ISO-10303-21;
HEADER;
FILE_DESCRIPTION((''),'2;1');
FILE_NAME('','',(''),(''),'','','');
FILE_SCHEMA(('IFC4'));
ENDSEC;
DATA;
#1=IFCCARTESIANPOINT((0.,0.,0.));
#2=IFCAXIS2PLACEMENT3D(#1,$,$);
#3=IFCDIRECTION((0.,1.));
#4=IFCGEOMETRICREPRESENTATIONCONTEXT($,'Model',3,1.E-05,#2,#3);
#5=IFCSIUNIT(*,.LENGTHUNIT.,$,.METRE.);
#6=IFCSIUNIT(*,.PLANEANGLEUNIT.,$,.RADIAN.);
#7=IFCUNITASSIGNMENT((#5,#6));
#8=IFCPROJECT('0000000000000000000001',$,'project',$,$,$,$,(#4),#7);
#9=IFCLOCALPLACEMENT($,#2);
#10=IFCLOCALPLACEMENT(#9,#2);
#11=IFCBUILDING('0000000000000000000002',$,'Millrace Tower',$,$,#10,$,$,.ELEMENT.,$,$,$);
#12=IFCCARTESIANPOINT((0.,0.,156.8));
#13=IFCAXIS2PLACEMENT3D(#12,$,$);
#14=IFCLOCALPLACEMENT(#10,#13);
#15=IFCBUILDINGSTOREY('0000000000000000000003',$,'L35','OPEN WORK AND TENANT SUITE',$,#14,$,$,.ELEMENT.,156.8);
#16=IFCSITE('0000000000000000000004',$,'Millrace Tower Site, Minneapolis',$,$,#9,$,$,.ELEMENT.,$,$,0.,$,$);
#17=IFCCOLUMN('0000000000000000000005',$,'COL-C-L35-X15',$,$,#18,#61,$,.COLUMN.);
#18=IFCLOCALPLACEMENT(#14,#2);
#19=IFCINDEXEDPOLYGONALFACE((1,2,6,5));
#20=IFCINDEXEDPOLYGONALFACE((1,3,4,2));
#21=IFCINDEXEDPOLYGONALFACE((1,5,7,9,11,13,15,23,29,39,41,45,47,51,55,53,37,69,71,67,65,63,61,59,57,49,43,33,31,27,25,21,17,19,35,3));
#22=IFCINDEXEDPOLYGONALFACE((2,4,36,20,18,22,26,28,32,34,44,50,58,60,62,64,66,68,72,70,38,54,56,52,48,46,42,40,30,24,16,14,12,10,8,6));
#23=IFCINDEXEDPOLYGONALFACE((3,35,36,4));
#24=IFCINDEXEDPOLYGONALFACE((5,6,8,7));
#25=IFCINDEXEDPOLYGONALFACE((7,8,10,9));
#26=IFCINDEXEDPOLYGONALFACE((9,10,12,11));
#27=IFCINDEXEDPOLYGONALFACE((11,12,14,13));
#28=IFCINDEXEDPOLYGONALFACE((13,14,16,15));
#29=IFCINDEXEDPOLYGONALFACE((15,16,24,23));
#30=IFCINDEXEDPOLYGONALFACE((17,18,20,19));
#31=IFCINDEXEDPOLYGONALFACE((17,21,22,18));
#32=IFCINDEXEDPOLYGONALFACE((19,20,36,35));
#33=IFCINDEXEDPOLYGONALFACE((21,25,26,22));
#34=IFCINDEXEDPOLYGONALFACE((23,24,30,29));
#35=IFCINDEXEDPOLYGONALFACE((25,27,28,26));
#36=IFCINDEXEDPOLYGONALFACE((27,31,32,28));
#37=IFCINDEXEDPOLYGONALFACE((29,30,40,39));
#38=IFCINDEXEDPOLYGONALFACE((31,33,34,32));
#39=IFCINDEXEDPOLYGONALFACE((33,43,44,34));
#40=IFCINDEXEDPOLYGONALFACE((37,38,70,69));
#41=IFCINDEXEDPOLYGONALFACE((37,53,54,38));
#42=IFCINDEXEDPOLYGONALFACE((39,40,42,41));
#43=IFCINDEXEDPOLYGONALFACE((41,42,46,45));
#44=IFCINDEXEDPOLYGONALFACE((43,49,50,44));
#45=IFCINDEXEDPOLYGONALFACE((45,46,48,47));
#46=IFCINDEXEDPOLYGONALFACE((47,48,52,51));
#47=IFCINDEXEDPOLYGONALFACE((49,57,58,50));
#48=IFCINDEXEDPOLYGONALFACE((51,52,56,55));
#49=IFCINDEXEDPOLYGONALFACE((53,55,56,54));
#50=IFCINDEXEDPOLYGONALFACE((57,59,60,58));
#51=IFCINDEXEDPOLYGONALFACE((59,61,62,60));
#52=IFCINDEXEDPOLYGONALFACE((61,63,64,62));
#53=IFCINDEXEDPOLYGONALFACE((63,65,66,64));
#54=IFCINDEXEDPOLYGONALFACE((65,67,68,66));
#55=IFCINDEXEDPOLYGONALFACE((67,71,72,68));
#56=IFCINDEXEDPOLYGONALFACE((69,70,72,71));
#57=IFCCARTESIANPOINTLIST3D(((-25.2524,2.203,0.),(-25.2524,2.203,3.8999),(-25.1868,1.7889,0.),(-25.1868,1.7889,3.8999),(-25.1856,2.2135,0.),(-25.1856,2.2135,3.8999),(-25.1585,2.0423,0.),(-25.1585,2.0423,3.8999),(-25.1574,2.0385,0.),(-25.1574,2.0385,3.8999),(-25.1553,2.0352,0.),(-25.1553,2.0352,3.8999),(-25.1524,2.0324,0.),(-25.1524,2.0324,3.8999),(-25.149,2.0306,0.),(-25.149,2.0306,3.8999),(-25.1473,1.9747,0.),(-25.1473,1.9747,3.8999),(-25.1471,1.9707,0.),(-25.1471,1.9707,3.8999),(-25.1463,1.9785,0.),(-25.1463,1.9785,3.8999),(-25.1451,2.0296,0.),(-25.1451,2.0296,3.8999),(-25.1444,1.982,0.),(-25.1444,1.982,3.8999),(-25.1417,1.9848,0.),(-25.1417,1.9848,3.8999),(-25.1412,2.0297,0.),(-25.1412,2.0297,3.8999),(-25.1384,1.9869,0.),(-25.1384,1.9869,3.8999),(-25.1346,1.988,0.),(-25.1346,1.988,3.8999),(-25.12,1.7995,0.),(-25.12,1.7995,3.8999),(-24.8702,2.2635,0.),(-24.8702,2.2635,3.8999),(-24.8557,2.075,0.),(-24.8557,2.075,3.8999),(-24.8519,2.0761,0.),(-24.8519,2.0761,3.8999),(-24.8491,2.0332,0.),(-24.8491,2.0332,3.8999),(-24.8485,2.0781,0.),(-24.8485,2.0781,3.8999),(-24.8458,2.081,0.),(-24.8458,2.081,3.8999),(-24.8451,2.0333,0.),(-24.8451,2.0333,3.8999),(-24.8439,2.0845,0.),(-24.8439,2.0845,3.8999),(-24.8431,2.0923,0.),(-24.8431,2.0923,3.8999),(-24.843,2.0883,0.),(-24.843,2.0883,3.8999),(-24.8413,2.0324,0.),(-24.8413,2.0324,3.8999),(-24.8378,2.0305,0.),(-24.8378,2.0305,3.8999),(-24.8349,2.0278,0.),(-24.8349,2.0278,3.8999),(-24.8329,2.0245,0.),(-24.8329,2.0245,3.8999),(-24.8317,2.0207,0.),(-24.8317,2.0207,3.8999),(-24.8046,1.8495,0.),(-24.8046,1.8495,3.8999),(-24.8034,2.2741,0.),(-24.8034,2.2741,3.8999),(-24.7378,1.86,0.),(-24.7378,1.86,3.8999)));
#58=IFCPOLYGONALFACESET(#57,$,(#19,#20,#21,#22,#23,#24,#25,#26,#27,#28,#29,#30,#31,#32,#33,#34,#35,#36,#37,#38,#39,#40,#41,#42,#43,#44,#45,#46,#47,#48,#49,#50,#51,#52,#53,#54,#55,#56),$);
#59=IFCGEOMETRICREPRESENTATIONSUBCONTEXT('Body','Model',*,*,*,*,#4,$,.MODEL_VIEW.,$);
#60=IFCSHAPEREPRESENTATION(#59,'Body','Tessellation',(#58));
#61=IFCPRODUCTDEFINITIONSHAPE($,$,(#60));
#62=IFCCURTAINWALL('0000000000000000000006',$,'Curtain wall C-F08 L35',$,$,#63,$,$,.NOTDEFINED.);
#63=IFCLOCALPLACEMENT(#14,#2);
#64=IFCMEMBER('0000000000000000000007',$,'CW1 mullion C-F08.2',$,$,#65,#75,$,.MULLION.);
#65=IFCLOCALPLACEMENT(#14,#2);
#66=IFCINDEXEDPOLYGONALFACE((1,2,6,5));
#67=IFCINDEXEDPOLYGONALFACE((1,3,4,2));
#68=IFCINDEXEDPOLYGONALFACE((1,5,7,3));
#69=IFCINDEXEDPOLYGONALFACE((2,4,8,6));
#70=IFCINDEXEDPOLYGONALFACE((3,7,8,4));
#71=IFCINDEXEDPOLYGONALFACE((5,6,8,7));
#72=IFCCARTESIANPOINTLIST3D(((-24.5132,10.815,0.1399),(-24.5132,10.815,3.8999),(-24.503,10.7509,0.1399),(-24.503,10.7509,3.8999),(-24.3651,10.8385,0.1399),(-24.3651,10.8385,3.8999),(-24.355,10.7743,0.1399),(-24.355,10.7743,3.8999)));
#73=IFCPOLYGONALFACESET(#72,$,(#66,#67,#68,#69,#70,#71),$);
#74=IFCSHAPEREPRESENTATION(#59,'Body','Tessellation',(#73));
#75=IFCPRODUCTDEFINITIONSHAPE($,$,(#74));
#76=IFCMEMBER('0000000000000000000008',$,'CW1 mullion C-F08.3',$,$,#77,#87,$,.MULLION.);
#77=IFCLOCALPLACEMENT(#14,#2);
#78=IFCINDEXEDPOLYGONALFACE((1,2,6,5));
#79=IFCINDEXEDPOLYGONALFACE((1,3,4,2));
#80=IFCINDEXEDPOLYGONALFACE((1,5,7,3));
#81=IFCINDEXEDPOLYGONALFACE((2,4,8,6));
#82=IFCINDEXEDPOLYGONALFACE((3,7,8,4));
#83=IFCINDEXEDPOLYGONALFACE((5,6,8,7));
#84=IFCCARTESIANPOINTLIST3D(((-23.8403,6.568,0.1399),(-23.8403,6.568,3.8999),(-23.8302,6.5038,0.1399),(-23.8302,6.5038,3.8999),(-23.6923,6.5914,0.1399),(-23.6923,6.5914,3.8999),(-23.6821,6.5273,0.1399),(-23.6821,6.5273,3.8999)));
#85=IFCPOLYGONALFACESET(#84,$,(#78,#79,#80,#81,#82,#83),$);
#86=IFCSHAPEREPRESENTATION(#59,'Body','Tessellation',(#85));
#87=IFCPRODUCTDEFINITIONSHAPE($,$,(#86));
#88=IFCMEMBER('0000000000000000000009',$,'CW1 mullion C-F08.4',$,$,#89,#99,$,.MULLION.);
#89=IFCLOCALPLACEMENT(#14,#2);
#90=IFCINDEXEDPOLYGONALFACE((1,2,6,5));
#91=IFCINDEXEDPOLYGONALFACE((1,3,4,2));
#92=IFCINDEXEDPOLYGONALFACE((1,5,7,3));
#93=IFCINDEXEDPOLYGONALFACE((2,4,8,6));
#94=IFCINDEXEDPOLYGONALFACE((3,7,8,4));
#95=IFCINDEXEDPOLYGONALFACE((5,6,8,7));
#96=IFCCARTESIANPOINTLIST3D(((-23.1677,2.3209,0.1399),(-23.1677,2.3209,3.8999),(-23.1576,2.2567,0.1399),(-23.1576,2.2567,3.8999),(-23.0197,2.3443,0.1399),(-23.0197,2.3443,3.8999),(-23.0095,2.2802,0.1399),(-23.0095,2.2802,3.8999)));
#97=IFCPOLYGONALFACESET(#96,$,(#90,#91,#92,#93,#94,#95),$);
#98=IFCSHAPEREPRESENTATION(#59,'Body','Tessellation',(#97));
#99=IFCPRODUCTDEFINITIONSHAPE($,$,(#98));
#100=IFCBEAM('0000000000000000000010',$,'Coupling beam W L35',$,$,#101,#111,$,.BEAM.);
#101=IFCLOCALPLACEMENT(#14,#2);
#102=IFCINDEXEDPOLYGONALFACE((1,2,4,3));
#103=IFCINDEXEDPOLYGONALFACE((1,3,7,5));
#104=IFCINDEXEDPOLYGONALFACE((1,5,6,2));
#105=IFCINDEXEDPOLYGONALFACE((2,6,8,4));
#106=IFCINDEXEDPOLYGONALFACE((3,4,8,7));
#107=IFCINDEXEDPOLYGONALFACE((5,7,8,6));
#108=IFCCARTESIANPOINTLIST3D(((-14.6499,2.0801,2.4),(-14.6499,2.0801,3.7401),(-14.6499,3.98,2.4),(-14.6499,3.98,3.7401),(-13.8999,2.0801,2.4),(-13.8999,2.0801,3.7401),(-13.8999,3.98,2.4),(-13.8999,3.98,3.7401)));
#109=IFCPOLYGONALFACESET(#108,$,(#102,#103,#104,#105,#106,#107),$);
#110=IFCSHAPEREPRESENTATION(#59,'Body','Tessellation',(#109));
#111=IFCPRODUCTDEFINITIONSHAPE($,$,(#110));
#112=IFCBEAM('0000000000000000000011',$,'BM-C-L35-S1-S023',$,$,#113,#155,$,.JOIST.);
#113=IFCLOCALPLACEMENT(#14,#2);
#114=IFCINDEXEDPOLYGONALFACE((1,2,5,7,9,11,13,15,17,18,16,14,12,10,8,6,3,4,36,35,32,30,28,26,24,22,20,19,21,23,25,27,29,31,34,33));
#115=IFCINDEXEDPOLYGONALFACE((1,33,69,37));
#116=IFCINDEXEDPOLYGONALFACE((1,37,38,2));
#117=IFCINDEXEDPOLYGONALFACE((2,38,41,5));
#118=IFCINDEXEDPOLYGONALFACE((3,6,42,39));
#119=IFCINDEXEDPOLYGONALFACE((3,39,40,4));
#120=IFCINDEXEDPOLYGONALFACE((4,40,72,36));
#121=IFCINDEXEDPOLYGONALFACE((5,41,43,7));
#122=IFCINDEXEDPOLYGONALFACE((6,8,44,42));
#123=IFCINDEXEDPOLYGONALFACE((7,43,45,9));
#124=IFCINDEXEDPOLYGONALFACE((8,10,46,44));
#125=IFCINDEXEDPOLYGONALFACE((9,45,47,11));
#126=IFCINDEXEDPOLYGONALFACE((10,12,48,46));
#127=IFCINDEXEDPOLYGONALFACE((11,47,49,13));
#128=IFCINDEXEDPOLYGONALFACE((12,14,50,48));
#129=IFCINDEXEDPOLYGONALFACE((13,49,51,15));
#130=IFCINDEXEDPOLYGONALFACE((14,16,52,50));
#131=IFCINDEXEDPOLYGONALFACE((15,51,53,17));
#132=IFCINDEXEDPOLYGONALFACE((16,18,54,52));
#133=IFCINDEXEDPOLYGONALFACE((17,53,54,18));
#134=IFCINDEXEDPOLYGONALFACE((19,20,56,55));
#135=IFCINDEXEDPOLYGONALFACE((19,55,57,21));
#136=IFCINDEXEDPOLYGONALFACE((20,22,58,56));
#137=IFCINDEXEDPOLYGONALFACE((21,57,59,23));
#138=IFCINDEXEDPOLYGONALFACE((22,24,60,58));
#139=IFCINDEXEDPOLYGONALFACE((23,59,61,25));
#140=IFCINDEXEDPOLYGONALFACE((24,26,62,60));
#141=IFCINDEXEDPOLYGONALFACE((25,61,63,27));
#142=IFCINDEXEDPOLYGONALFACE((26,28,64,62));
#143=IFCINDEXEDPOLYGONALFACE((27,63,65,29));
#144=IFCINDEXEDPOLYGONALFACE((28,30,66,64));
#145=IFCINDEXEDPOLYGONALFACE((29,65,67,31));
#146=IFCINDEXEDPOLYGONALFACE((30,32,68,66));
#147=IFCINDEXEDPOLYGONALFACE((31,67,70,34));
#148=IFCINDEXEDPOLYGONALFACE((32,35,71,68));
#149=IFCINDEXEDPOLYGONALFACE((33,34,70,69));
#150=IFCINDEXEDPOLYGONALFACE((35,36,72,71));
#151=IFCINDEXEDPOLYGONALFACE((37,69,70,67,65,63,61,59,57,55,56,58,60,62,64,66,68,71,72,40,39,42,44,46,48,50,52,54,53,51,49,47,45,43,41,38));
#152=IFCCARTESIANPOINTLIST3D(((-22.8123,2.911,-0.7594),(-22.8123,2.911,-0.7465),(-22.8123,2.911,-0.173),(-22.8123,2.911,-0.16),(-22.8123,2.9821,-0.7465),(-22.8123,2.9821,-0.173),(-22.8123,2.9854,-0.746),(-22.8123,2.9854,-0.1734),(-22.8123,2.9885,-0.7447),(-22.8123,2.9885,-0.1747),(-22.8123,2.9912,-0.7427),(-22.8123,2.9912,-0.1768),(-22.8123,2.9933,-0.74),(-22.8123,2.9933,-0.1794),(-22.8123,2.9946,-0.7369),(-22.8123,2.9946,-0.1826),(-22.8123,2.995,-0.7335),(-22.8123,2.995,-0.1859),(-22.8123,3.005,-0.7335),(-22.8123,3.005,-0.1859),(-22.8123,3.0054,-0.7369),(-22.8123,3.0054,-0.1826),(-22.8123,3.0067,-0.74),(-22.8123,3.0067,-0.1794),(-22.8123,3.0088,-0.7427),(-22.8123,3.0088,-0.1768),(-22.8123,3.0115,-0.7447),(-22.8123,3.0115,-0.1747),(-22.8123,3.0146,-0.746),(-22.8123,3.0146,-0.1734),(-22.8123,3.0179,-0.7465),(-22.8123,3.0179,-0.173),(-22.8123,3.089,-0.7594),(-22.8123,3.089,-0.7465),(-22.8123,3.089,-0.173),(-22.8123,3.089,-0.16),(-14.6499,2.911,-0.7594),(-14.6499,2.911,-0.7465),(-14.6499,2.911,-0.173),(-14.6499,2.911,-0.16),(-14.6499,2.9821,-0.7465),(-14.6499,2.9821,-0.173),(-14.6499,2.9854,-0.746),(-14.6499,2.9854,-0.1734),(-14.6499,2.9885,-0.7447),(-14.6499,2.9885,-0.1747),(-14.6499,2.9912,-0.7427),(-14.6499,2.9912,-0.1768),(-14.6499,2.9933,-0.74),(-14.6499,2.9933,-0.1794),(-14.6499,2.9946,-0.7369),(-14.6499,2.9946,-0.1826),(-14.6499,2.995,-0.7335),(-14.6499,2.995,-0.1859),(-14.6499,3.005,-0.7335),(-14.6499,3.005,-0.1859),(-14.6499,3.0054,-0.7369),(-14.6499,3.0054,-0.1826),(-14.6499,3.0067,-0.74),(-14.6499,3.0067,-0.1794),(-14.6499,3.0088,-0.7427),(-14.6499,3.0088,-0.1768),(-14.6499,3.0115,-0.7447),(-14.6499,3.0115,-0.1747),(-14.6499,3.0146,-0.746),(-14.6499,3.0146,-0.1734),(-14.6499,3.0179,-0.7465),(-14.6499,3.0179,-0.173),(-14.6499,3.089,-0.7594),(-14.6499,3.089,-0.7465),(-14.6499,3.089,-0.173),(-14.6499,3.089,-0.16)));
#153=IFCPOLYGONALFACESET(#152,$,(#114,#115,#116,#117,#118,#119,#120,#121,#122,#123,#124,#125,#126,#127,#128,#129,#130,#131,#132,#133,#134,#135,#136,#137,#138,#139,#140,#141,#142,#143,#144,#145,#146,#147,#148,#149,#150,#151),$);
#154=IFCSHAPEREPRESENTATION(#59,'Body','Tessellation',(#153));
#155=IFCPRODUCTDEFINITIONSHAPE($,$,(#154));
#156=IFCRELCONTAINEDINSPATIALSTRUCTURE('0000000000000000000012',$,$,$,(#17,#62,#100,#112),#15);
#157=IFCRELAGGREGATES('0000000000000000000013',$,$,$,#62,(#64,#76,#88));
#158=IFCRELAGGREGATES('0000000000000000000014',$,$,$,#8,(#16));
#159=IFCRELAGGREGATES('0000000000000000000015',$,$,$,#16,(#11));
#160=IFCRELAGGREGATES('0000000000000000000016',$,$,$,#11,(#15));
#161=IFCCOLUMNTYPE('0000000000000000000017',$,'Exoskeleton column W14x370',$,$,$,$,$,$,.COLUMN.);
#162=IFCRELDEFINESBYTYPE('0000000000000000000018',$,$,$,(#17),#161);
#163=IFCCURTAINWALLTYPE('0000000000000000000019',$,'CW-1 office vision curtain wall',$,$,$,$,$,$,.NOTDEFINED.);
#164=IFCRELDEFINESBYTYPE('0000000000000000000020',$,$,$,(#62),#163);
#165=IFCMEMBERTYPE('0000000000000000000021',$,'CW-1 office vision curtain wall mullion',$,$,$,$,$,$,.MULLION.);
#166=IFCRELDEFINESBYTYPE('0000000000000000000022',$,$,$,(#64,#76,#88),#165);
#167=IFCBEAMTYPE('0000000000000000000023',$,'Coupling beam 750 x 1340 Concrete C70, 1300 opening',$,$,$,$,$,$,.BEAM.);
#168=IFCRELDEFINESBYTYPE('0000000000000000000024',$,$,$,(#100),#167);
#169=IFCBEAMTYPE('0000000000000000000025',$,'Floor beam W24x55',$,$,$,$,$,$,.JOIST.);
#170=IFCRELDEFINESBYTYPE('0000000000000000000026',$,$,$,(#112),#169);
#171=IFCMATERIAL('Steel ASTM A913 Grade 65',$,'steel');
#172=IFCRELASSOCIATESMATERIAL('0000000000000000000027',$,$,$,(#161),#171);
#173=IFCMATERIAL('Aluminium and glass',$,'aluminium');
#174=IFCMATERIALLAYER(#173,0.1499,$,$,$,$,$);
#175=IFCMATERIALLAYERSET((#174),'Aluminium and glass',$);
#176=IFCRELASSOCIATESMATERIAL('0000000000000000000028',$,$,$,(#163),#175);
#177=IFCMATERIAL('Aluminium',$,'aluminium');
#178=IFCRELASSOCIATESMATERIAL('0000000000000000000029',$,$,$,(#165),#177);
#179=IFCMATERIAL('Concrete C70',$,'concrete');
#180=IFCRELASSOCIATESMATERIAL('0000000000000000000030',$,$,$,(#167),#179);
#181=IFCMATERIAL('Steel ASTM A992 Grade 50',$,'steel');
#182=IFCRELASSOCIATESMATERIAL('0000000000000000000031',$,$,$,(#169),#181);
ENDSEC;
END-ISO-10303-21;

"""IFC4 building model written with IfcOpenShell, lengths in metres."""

from ifc_helpers import new_model, si_unit, direction, frame, origin, origin_2d, place, context, subcontext, project, spatial, rectangle, i_section, extrude, material, layer, layer_set, material_profile, profile_set, type_object, element, aggregate, save


model = new_model("IFC4")

# Units and contexts
model_context = context("Model", 3, precision=1e-05, world=origin(), true_north=direction((0.0, 1.0)))
body_context = subcontext(model_context, "Body", "Model", "MODEL_VIEW")
ifc_project = project(units=[si_unit("LENGTHUNIT", "METRE"), si_unit("PLANEANGLEUNIT", "RADIAN")], contexts=[model_context])

# Site, building, storey
site_placement = place(None, origin())
site = spatial("IfcSite", under=ifc_project, at=site_placement, Name="Millrace Tower Site, Minneapolis", CompositionType="ELEMENT", RefElevation=0.0)
building_placement = place(site_placement, origin())
building = spatial("IfcBuilding", under=site, at=building_placement, Name="Millrace Tower", CompositionType="ELEMENT")
storey_placement = place(building_placement, frame((0.0, 0.0, 156.8)))
storey = spatial("IfcBuildingStorey", under=building, at=storey_placement, Name="L35", Description="OPEN WORK AND TENANT SUITE", CompositionType="ELEMENT", Elevation=156.8)

# Column
ifc_material_1 = material(Name="Steel ASTM A913 Grade 65", Category="steel")
ifc_material_profile_1 = material_profile(ifc_material_1, i_section(OverallWidth=0.4192, OverallDepth=0.4546, WebThickness=0.0422, FlangeThickness=0.0676, FilletRadius=0.0151, at=origin_2d()))
ifc_profile_set_1 = profile_set([ifc_material_profile_1], Name="Steel ASTM A913 Grade 65")
column_type = type_object("IfcColumnType", Name="Exoskeleton column W14x370", PredefinedType="COLUMN", material=ifc_profile_set_1)
column_placement = place(storey_placement, frame((-24.9951, 2.0315, 0.0), z_axis=(0.0, 0.0, 1.0), x_axis=(0.156434, -0.987688, 0.0)))
element("IfcColumn", 1, at=column_placement, inside=storey, type_object=column_type, Name="COL-C-L35-X15", PredefinedType="COLUMN", context=body_context, shape_type="SweptSolid", body=[
    extrude(i_section(OverallWidth=0.4192, OverallDepth=0.4546, WebThickness=0.0422, FlangeThickness=0.0676, FilletRadius=0.0151, at=origin_2d()), origin(), (0.0, 0.0, 1.0), 3.8999),
])

# Curtain wall, members
ifc_material_2 = material(Name="Aluminium and glass", Category="aluminium")
ifc_layer_1 = layer(ifc_material_2, 0.1499)
ifc_layer_set_1 = layer_set([ifc_layer_1], Name="Aluminium and glass")
curtain_wall_type = type_object("IfcCurtainWallType", Name="CW-1 office vision curtain wall", PredefinedType="NOTDEFINED", material=ifc_layer_set_1)
placement = place(storey_placement, origin())
curtain_wall = element("IfcCurtainWall", 2, at=placement, inside=storey, type_object=curtain_wall_type, Name="Curtain wall C-F08 L35", PredefinedType="NOTDEFINED")
ifc_material_3 = material(Name="Aluminium", Category="aluminium")
ifc_material_profile_2 = material_profile(ifc_material_3, rectangle(XDim=0.0649, YDim=0.1499, at=origin_2d()))
ifc_profile_set_2 = profile_set([ifc_material_profile_2], Name="Aluminium")
member_type = type_object("IfcMemberType", Name="CW-1 office vision curtain wall mullion", PredefinedType="MULLION", material=ifc_profile_set_2)
member_1_placement = place(storey_placement, frame((-24.4341, 10.7947, 0.1399), z_axis=(0.0, 0.0, 1.0), x_axis=(0.156434, -0.987688, 0.0)))
member_1 = element("IfcMember", 3, at=member_1_placement, type_object=member_type, Name="CW1 mullion C-F08.2", PredefinedType="MULLION", context=body_context, shape_type="SweptSolid", body=[
    extrude(rectangle(XDim=0.0649, YDim=0.1499, at=origin_2d()), origin(), (0.0, 0.0, 1.0), 3.76),
])
member_2_placement = place(storey_placement, frame((-23.7612, 6.5476, 0.1399), z_axis=(0.0, 0.0, 1.0), x_axis=(0.156434, -0.987688, 0.0)))
member_2 = element("IfcMember", 4, at=member_2_placement, type_object=member_type, Name="CW1 mullion C-F08.3", PredefinedType="MULLION", context=body_context, shape_type="SweptSolid", body=[
    extrude(rectangle(XDim=0.0649, YDim=0.1499, at=origin_2d()), origin(), (0.0, 0.0, 1.0), 3.76),
])
member_3_placement = place(storey_placement, frame((-23.0886, 2.3005, 0.1399), z_axis=(0.0, 0.0, 1.0), x_axis=(0.156434, -0.987688, 0.0)))
member_3 = element("IfcMember", 5, at=member_3_placement, type_object=member_type, Name="CW1 mullion C-F08.4", PredefinedType="MULLION", context=body_context, shape_type="SweptSolid", body=[
    extrude(rectangle(XDim=0.0649, YDim=0.1499, at=origin_2d()), origin(), (0.0, 0.0, 1.0), 3.76),
])
aggregate(curtain_wall, [member_1, member_2, member_3])

# Beams
ifc_material_4 = material(Name="Concrete C70", Category="concrete")
ifc_material_profile_3 = material_profile(ifc_material_4, rectangle(XDim=0.75, YDim=1.3401, at=origin_2d()))
ifc_profile_set_3 = profile_set([ifc_material_profile_3], Name="Concrete C70")
beam_type_1 = type_object("IfcBeamType", Name="Coupling beam 750 x 1340 Concrete C70, 1300 opening", PredefinedType="BEAM", material=ifc_profile_set_3)
beam_1_placement = place(storey_placement, frame((-14.2749, 2.0801, 3.0701), z_axis=(0.0, 1.0, 0.0), x_axis=(-1.0, 0.0, 0.0)))
element("IfcBeam", 6, at=beam_1_placement, inside=storey, type_object=beam_type_1, Name="Coupling beam W L35", PredefinedType="BEAM", context=body_context, shape_type="SweptSolid", body=[
    extrude(rectangle(XDim=0.75, YDim=1.3401, at=origin_2d()), origin(), (0.0, 0.0, 1.0), 1.8999),
])
ifc_material_5 = material(Name="Steel ASTM A992 Grade 50", Category="steel")
ifc_material_profile_4 = material_profile(ifc_material_5, i_section(OverallWidth=0.178, OverallDepth=0.5994, WebThickness=0.01, FlangeThickness=0.0129, FilletRadius=0.0129, at=origin_2d()))
ifc_profile_set_4 = profile_set([ifc_material_profile_4], Name="Steel ASTM A992 Grade 50")
beam_type_2 = type_object("IfcBeamType", Name="Floor beam W24x55", PredefinedType="JOIST", material=ifc_profile_set_4)
beam_2_placement = place(storey_placement, frame((-22.8123, 3.0, -0.4597), z_axis=(1.0, 0.0, 0.0), x_axis=(0.0, 1.0, 0.0)))
element("IfcBeam", 7, at=beam_2_placement, inside=storey, type_object=beam_type_2, Name="BM-C-L35-S1-S023", PredefinedType="JOIST", context=body_context, shape_type="SweptSolid", body=[
    extrude(i_section(OverallWidth=0.178, OverallDepth=0.5994, WebThickness=0.01, FlangeThickness=0.0129, FilletRadius=0.0129, at=origin_2d()), origin(), (0.0, 0.0, 1.0), 8.1624),
])

save(model, "model.ifc")
